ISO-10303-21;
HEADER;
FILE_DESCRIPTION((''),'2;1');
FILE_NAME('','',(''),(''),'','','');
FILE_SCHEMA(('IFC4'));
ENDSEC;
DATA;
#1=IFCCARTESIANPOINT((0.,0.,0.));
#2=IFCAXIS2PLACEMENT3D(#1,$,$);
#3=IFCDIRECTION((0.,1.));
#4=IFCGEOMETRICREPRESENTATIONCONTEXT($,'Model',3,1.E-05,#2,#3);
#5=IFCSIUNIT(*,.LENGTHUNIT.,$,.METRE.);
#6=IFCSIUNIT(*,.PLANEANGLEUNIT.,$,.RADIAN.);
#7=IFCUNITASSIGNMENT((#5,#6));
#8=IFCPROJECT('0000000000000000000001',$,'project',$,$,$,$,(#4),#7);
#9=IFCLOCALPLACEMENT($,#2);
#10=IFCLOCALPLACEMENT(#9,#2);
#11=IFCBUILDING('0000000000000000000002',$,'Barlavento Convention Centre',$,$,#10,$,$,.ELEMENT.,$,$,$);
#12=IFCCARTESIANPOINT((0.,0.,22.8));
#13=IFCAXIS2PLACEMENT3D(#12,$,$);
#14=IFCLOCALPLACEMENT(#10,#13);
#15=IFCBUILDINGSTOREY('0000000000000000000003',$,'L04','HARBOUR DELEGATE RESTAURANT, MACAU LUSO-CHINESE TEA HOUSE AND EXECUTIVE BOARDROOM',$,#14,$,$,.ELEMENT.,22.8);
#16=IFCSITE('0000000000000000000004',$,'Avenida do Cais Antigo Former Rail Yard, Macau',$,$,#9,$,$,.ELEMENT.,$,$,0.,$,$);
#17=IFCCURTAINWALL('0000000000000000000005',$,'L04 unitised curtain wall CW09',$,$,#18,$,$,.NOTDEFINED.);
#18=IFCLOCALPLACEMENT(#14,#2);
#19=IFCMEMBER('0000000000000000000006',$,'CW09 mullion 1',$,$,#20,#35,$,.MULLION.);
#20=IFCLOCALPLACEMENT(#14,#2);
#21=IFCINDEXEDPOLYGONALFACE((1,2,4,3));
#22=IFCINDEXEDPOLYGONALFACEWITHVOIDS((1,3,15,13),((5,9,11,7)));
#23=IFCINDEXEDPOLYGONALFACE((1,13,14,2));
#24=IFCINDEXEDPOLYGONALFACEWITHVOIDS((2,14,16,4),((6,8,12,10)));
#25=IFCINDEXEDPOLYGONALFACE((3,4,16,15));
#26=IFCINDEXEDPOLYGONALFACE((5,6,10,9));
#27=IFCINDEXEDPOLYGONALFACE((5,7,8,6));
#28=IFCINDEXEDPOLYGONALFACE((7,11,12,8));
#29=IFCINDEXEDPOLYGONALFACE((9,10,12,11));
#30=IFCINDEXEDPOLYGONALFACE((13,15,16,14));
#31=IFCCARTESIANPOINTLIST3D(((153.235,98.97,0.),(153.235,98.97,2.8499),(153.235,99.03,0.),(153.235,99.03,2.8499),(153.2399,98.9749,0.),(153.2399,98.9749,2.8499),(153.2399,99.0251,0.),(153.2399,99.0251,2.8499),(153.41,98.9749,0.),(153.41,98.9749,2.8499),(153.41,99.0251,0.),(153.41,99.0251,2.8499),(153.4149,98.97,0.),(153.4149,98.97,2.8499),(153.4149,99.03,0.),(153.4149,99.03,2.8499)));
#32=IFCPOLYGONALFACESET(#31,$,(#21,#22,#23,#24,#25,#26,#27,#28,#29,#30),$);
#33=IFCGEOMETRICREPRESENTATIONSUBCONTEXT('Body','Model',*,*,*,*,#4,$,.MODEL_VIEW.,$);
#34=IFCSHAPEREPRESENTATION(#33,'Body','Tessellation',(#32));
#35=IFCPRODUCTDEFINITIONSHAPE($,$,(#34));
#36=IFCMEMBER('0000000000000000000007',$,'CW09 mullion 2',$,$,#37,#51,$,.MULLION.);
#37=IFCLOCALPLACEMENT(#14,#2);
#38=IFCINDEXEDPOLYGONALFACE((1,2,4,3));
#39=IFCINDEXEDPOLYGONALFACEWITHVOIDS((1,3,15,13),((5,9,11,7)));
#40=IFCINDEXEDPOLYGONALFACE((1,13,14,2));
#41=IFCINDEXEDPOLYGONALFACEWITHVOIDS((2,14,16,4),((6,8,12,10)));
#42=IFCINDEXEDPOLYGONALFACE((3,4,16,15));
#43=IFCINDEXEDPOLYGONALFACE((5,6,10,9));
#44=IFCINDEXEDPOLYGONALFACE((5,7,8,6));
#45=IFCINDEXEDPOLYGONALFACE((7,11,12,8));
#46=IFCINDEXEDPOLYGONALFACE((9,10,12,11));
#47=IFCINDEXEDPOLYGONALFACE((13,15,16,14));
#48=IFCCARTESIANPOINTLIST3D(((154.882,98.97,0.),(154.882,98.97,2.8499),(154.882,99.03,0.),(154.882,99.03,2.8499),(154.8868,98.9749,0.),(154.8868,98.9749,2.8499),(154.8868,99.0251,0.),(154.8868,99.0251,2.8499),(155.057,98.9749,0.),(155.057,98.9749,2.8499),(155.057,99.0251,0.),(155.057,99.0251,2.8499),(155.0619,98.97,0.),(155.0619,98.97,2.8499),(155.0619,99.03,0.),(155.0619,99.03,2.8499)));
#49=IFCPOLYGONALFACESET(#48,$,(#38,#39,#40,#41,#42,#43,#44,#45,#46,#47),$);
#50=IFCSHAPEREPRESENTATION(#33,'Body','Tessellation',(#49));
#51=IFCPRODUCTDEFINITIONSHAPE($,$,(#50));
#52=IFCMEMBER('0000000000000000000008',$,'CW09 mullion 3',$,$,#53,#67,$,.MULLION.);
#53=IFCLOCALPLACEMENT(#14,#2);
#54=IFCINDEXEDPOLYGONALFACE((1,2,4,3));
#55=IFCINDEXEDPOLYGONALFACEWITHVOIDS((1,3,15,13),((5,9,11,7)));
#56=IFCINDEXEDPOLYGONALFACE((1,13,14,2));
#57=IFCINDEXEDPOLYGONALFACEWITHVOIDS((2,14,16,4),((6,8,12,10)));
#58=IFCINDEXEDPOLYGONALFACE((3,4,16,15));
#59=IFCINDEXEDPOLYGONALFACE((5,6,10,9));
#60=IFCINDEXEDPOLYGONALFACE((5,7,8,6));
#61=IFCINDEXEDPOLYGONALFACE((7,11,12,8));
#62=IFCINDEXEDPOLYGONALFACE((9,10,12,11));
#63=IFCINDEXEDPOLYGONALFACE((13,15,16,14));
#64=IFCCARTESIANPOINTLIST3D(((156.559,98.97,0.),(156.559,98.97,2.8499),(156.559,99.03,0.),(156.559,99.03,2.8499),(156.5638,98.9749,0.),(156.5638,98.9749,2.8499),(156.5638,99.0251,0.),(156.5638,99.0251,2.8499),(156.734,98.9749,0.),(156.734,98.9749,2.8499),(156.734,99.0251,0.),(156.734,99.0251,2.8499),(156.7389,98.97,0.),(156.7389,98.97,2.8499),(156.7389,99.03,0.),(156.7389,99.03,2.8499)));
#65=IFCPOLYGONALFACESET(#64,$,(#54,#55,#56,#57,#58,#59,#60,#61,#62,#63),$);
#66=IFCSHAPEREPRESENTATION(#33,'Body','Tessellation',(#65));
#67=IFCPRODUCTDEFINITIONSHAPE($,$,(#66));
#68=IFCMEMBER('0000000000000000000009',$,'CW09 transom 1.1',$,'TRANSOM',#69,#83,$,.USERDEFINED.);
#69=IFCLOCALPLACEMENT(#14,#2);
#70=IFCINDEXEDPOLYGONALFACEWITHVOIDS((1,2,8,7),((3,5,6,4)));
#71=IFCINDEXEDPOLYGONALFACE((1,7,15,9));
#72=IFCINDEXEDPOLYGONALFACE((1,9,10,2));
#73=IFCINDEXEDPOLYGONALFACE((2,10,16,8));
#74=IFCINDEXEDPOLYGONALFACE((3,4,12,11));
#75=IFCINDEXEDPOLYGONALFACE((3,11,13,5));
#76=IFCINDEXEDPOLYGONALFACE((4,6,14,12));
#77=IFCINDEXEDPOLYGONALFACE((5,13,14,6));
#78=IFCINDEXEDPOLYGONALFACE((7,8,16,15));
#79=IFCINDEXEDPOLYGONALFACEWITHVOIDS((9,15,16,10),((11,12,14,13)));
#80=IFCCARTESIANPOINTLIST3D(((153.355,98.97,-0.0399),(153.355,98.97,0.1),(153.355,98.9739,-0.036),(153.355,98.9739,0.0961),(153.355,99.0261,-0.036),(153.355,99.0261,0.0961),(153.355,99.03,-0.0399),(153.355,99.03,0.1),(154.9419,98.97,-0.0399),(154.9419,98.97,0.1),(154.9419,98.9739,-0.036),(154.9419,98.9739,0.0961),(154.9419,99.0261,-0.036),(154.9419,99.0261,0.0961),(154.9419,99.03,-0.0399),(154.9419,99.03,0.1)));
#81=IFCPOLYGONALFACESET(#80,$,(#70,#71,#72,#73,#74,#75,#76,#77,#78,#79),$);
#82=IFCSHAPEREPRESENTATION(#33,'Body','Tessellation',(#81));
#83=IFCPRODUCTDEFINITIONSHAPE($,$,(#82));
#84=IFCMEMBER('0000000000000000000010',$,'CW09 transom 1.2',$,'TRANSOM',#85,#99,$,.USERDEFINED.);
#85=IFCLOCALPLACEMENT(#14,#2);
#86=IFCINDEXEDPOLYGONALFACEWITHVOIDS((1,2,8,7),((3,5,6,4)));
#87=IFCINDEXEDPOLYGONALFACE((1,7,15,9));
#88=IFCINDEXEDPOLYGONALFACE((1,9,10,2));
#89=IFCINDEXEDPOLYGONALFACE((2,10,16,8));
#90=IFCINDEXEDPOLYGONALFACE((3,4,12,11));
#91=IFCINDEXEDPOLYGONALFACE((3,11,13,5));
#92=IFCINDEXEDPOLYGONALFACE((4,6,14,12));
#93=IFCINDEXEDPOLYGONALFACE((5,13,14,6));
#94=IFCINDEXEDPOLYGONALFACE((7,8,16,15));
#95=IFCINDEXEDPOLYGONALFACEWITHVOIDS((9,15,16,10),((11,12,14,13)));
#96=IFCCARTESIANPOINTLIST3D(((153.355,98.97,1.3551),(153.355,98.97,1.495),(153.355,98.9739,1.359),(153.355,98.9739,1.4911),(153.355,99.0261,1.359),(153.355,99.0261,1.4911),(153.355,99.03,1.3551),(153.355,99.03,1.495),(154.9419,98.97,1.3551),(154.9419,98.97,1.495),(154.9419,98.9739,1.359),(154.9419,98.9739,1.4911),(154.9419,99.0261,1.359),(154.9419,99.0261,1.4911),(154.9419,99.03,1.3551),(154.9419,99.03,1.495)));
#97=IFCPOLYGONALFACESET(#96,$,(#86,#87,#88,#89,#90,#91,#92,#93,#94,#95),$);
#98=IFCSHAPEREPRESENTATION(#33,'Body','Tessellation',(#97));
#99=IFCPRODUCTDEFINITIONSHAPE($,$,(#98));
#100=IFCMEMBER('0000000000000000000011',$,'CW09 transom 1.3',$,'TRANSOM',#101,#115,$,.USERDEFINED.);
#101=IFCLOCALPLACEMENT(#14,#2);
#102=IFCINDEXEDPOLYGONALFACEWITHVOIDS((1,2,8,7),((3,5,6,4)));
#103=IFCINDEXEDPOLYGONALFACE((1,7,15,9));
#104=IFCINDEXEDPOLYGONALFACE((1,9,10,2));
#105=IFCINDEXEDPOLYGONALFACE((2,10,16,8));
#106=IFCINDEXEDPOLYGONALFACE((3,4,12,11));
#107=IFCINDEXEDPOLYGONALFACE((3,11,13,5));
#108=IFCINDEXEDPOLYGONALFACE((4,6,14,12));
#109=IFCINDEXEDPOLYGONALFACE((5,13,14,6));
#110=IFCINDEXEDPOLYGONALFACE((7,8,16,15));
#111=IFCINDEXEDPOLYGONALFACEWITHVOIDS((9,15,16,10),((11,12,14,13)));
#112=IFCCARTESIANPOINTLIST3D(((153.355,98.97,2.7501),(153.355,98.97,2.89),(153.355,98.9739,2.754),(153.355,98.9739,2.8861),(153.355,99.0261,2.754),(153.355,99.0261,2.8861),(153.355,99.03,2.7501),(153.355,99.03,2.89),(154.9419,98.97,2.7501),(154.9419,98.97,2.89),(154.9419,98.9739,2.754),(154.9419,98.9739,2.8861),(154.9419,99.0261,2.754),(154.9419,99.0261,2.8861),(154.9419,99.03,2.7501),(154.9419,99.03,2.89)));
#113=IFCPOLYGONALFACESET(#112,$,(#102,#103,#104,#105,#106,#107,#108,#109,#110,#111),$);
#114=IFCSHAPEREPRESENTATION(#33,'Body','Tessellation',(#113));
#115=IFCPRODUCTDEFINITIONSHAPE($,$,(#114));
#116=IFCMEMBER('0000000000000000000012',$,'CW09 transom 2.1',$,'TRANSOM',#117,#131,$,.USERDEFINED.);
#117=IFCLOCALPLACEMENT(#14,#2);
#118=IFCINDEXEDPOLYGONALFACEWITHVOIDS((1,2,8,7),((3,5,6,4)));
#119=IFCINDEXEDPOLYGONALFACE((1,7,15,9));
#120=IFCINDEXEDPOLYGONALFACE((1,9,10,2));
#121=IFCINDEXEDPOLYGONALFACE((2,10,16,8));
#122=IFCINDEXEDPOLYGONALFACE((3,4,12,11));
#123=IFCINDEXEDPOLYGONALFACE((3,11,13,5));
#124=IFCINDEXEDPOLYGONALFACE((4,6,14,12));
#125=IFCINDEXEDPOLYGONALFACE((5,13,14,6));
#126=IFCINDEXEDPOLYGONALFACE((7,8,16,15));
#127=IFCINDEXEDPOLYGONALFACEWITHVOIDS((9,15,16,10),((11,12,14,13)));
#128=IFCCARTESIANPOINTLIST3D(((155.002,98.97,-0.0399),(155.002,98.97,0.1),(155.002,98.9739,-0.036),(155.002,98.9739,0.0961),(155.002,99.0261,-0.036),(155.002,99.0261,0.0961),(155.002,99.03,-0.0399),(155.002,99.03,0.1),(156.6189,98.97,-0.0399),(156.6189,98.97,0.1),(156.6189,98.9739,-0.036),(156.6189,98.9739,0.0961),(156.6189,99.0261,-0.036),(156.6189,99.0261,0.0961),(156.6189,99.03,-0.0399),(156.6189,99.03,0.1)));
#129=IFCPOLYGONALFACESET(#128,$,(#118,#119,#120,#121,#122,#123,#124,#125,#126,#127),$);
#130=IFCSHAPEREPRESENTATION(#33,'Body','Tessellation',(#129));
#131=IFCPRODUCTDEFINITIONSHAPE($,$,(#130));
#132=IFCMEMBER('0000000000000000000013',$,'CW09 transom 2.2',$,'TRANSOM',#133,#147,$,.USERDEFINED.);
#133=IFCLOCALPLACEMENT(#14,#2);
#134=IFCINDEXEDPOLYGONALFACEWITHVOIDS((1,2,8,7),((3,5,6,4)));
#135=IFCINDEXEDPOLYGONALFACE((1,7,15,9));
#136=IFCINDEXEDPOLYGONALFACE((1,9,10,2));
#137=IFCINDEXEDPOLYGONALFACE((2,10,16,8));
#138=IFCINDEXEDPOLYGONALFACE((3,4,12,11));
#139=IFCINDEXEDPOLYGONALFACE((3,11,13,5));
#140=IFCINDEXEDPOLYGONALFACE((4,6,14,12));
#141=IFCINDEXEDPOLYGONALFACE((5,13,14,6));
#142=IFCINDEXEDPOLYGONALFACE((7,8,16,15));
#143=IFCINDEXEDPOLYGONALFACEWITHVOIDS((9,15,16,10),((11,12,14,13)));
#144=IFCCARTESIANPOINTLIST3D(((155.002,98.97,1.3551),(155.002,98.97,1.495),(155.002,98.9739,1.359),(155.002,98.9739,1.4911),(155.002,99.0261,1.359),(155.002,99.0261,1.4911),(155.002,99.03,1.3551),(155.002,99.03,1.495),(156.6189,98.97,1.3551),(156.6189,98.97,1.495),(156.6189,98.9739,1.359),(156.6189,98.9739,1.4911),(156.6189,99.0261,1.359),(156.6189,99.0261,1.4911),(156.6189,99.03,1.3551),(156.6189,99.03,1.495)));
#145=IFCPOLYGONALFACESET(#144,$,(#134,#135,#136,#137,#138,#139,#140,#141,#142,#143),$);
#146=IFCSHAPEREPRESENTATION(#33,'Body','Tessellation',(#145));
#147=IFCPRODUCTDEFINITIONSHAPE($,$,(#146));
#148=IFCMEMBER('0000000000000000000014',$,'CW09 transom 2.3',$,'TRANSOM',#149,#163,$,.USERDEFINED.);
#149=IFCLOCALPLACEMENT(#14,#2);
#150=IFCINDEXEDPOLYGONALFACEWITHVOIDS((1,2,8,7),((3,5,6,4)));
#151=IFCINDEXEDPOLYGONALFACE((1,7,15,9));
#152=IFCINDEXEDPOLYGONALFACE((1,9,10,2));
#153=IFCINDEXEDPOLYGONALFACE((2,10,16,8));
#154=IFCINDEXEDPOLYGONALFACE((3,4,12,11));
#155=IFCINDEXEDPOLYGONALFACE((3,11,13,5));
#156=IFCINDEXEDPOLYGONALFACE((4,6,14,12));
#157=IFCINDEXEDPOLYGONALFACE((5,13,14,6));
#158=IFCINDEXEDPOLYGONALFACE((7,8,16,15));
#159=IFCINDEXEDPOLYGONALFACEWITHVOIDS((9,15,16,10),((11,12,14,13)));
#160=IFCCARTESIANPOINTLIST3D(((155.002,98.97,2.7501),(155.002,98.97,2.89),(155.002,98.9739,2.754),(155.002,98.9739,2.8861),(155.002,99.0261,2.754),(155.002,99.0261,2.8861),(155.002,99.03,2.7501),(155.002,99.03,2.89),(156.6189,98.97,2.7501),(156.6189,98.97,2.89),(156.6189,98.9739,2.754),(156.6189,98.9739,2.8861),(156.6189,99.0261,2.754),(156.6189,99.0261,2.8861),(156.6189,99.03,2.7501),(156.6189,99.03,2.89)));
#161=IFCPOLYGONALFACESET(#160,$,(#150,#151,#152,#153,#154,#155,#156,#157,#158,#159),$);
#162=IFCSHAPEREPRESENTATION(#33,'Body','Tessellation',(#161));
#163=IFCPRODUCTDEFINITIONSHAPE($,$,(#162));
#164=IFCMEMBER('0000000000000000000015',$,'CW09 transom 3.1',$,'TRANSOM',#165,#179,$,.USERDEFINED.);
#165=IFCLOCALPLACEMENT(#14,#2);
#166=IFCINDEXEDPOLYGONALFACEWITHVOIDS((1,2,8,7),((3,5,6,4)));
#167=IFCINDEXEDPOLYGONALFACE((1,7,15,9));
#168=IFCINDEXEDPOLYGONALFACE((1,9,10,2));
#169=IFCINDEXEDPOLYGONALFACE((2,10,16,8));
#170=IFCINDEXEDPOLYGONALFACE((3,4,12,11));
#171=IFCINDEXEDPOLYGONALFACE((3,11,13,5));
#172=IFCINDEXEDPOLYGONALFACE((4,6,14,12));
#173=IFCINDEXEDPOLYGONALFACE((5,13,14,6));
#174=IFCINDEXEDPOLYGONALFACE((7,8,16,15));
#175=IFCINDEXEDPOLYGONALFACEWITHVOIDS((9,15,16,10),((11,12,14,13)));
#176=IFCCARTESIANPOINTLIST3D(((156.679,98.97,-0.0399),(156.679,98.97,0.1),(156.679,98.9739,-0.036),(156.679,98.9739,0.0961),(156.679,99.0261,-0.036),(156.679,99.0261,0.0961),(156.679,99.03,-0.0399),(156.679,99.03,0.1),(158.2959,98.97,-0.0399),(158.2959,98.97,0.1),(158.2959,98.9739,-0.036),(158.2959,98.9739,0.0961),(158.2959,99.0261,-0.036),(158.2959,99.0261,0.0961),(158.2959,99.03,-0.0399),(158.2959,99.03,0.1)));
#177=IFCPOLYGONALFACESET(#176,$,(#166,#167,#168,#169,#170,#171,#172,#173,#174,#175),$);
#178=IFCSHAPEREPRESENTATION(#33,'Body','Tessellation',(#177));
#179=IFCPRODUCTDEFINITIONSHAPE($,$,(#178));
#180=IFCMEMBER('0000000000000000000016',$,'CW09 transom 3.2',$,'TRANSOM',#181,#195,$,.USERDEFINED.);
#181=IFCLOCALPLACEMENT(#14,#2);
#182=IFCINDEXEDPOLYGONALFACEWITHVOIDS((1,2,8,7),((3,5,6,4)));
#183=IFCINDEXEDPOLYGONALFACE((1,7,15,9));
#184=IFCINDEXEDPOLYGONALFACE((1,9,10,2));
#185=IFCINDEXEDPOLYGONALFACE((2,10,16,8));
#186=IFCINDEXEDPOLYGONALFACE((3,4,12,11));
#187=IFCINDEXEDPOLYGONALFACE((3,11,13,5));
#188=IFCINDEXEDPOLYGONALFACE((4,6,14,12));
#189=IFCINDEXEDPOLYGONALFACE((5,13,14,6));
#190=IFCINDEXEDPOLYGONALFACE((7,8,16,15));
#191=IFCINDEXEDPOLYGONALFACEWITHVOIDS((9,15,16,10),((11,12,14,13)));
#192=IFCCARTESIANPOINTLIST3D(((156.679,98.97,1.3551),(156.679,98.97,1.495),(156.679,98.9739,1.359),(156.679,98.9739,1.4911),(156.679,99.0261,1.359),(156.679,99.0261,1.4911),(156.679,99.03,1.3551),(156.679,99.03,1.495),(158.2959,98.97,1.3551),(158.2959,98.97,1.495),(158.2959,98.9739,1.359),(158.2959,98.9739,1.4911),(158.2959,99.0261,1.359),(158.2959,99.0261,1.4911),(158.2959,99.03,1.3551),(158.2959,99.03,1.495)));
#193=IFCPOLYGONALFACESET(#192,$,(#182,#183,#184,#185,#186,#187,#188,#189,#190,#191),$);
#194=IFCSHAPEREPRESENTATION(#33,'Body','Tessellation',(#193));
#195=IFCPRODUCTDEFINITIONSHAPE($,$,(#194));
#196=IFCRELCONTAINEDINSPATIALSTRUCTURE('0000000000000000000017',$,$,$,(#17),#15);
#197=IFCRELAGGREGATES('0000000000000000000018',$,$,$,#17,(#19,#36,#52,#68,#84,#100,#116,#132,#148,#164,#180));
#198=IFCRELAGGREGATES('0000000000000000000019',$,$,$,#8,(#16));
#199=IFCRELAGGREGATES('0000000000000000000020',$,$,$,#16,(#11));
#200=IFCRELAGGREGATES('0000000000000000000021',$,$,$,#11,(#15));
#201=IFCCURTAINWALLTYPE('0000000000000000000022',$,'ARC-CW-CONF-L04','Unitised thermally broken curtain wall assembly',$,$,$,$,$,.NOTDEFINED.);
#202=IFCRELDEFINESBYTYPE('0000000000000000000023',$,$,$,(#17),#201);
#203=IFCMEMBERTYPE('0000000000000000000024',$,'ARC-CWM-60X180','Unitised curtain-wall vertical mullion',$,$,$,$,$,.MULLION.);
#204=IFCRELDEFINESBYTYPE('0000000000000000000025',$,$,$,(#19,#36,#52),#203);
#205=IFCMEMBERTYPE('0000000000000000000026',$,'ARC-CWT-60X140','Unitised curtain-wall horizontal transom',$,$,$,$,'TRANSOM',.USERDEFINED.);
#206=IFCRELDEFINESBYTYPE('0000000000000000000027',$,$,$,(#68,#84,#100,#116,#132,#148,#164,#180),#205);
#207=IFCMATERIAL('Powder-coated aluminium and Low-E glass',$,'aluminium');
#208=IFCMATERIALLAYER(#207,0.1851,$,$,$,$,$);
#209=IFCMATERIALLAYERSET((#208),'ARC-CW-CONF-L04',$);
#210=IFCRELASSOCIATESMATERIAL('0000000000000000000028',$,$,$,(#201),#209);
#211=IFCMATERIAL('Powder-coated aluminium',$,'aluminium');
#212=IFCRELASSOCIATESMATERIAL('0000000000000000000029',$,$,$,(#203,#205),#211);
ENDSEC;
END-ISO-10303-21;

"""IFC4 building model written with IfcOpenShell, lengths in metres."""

from ifc_helpers import new_model, si_unit, direction, frame, origin, origin_2d, place, context, subcontext, project, spatial, hollow_rectangle, extrude, material, layer, layer_set, material_profile, profile_set, type_object, element, aggregate, save


model = new_model("IFC4")

# Units and contexts
model_context = context("Model", 3, precision=1e-05, world=origin(), true_north=direction((0.0, 1.0)))
body_context = subcontext(model_context, "Body", "Model", "MODEL_VIEW")
ifc_project = project(units=[si_unit("LENGTHUNIT", "METRE"), si_unit("PLANEANGLEUNIT", "RADIAN")], contexts=[model_context])

# Site, building, storey
site_placement = place(None, origin())
site = spatial("IfcSite", under=ifc_project, at=site_placement, Name="Avenida do Cais Antigo Former Rail Yard, Macau", CompositionType="ELEMENT", RefElevation=0.0)
building_placement = place(site_placement, origin())
building = spatial("IfcBuilding", under=site, at=building_placement, Name="Barlavento Convention Centre", CompositionType="ELEMENT")
storey_placement = place(building_placement, frame((0.0, 0.0, 22.8)))
storey = spatial("IfcBuildingStorey", under=building, at=storey_placement, Name="L04", Description="HARBOUR DELEGATE RESTAURANT, MACAU LUSO-CHINESE TEA HOUSE AND EXECUTIVE BOARDROOM", CompositionType="ELEMENT", Elevation=22.8)

# Curtain wall, members
ifc_material_1 = material(Name="Powder-coated aluminium and Low-E glass", Category="aluminium")
ifc_layer_1 = layer(ifc_material_1, 0.1851)
ifc_layer_set_1 = layer_set([ifc_layer_1], Name="ARC-CW-CONF-L04")
curtain_wall_type = type_object("IfcCurtainWallType", Name="ARC-CW-CONF-L04", Description="Unitised thermally broken curtain wall assembly", PredefinedType="NOTDEFINED", material=ifc_layer_set_1)
curtain_wall_placement = place(storey_placement, origin())
curtain_wall = element("IfcCurtainWall", 1, at=curtain_wall_placement, inside=storey, type_object=curtain_wall_type, Name="L04 unitised curtain wall CW09", PredefinedType="NOTDEFINED")
ifc_material_2 = material(Name="Powder-coated aluminium", Category="aluminium")
ifc_material_profile_1 = material_profile(ifc_material_2, hollow_rectangle(XDim=0.0601, YDim=0.1799, WallThickness=0.0049, at=origin_2d()), Name="AL-MULL 60x180x5")
ifc_profile_set_1 = profile_set([ifc_material_profile_1], Name="Powder-coated aluminium")
member_type_1 = type_object("IfcMemberType", Name="ARC-CWM-60X180", Description="Unitised curtain-wall vertical mullion", PredefinedType="MULLION", material=ifc_profile_set_1)
member_1_placement = place(storey_placement, frame((153.325, 99.0, 0.0), z_axis=(0.0, 0.0, 1.0), x_axis=(0.0, 1.0, 0.0)))
member_1 = element("IfcMember", 2, at=member_1_placement, type_object=member_type_1, Name="CW09 mullion 1", PredefinedType="MULLION", context=body_context, shape_type="SweptSolid", body=[
    extrude(hollow_rectangle(XDim=0.0601, YDim=0.1799, WallThickness=0.0049, at=origin_2d()), origin(), (0.0, 0.0, 1.0), 2.8499),
])
member_2_placement = place(storey_placement, frame((154.9719, 99.0, 0.0), z_axis=(0.0, 0.0, 1.0), x_axis=(0.0, 1.0, 0.0)))
member_2 = element("IfcMember", 3, at=member_2_placement, type_object=member_type_1, Name="CW09 mullion 2", PredefinedType="MULLION", context=body_context, shape_type="SweptSolid", body=[
    extrude(hollow_rectangle(XDim=0.0601, YDim=0.1799, WallThickness=0.0049, at=origin_2d()), origin(), (0.0, 0.0, 1.0), 2.8499),
])
member_3_placement = place(storey_placement, frame((156.6489, 99.0, 0.0), z_axis=(0.0, 0.0, 1.0), x_axis=(0.0, 1.0, 0.0)))
member_3 = element("IfcMember", 4, at=member_3_placement, type_object=member_type_1, Name="CW09 mullion 3", PredefinedType="MULLION", context=body_context, shape_type="SweptSolid", body=[
    extrude(hollow_rectangle(XDim=0.0601, YDim=0.1799, WallThickness=0.0049, at=origin_2d()), origin(), (0.0, 0.0, 1.0), 2.8499),
])
ifc_material_profile_2 = material_profile(ifc_material_2, hollow_rectangle(XDim=0.0601, YDim=0.1399, WallThickness=0.0039, at=origin_2d()), Name="AL-TRAN 60x140x4")
ifc_profile_set_2 = profile_set([ifc_material_profile_2], Name="Powder-coated aluminium")
member_type_2 = type_object("IfcMemberType", Name="ARC-CWT-60X140", Description="Unitised curtain-wall horizontal transom", ElementType="TRANSOM", PredefinedType="USERDEFINED", material=ifc_profile_set_2)
member_4_placement = place(storey_placement, frame((153.355, 99.0, 0.03), z_axis=(1.0, 0.0, 0.0), x_axis=(0.0, 1.0, 0.0)))
member_4 = element("IfcMember", 5, at=member_4_placement, type_object=member_type_2, Name="CW09 transom 1.1", ObjectType="TRANSOM", PredefinedType="USERDEFINED", context=body_context, shape_type="SweptSolid", body=[
    extrude(hollow_rectangle(XDim=0.0601, YDim=0.1399, WallThickness=0.0039, at=origin_2d()), origin(), (0.0, 0.0, 1.0), 1.5869),
])
member_5_placement = place(storey_placement, frame((153.355, 99.0, 1.425), z_axis=(1.0, 0.0, 0.0), x_axis=(0.0, 1.0, 0.0)))
member_5 = element("IfcMember", 6, at=member_5_placement, type_object=member_type_2, Name="CW09 transom 1.2", ObjectType="TRANSOM", PredefinedType="USERDEFINED", context=body_context, shape_type="SweptSolid", body=[
    extrude(hollow_rectangle(XDim=0.0601, YDim=0.1399, WallThickness=0.0039, at=origin_2d()), origin(), (0.0, 0.0, 1.0), 1.5869),
])
member_6_placement = place(storey_placement, frame((153.355, 99.0, 2.8201), z_axis=(1.0, 0.0, 0.0), x_axis=(0.0, 1.0, 0.0)))
member_6 = element("IfcMember", 7, at=member_6_placement, type_object=member_type_2, Name="CW09 transom 1.3", ObjectType="TRANSOM", PredefinedType="USERDEFINED", context=body_context, shape_type="SweptSolid", body=[
    extrude(hollow_rectangle(XDim=0.0601, YDim=0.1399, WallThickness=0.0039, at=origin_2d()), origin(), (0.0, 0.0, 1.0), 1.5869),
])
member_7_placement = place(storey_placement, frame((155.002, 99.0, 0.03), z_axis=(1.0, 0.0, 0.0), x_axis=(0.0, 1.0, 0.0)))
member_7 = element("IfcMember", 8, at=member_7_placement, type_object=member_type_2, Name="CW09 transom 2.1", ObjectType="TRANSOM", PredefinedType="USERDEFINED", context=body_context, shape_type="SweptSolid", body=[
    extrude(hollow_rectangle(XDim=0.0601, YDim=0.1399, WallThickness=0.0039, at=origin_2d()), origin(), (0.0, 0.0, 1.0), 1.6169),
])
member_8_placement = place(storey_placement, frame((155.002, 99.0, 1.425), z_axis=(1.0, 0.0, 0.0), x_axis=(0.0, 1.0, 0.0)))
member_8 = element("IfcMember", 9, at=member_8_placement, type_object=member_type_2, Name="CW09 transom 2.2", ObjectType="TRANSOM", PredefinedType="USERDEFINED", context=body_context, shape_type="SweptSolid", body=[
    extrude(hollow_rectangle(XDim=0.0601, YDim=0.1399, WallThickness=0.0039, at=origin_2d()), origin(), (0.0, 0.0, 1.0), 1.6169),
])
member_9_placement = place(storey_placement, frame((155.002, 99.0, 2.8201), z_axis=(1.0, 0.0, 0.0), x_axis=(0.0, 1.0, 0.0)))
member_9 = element("IfcMember", 10, at=member_9_placement, type_object=member_type_2, Name="CW09 transom 2.3", ObjectType="TRANSOM", PredefinedType="USERDEFINED", context=body_context, shape_type="SweptSolid", body=[
    extrude(hollow_rectangle(XDim=0.0601, YDim=0.1399, WallThickness=0.0039, at=origin_2d()), origin(), (0.0, 0.0, 1.0), 1.6169),
])
member_10_placement = place(storey_placement, frame((156.679, 99.0, 0.03), z_axis=(1.0, 0.0, 0.0), x_axis=(0.0, 1.0, 0.0)))
member_10 = element("IfcMember", 11, at=member_10_placement, type_object=member_type_2, Name="CW09 transom 3.1", ObjectType="TRANSOM", PredefinedType="USERDEFINED", context=body_context, shape_type="SweptSolid", body=[
    extrude(hollow_rectangle(XDim=0.0601, YDim=0.1399, WallThickness=0.0039, at=origin_2d()), origin(), (0.0, 0.0, 1.0), 1.6169),
])
member_11_placement = place(storey_placement, frame((156.679, 99.0, 1.425), z_axis=(1.0, 0.0, 0.0), x_axis=(0.0, 1.0, 0.0)))
member_11 = element("IfcMember", 12, at=member_11_placement, type_object=member_type_2, Name="CW09 transom 3.2", ObjectType="TRANSOM", PredefinedType="USERDEFINED", context=body_context, shape_type="SweptSolid", body=[
    extrude(hollow_rectangle(XDim=0.0601, YDim=0.1399, WallThickness=0.0039, at=origin_2d()), origin(), (0.0, 0.0, 1.0), 1.6169),
])

aggregate(curtain_wall, [member_1, member_2, member_3, member_4, member_5, member_6, member_7, member_8, member_9, member_10, member_11])

save(model, "model.ifc")
